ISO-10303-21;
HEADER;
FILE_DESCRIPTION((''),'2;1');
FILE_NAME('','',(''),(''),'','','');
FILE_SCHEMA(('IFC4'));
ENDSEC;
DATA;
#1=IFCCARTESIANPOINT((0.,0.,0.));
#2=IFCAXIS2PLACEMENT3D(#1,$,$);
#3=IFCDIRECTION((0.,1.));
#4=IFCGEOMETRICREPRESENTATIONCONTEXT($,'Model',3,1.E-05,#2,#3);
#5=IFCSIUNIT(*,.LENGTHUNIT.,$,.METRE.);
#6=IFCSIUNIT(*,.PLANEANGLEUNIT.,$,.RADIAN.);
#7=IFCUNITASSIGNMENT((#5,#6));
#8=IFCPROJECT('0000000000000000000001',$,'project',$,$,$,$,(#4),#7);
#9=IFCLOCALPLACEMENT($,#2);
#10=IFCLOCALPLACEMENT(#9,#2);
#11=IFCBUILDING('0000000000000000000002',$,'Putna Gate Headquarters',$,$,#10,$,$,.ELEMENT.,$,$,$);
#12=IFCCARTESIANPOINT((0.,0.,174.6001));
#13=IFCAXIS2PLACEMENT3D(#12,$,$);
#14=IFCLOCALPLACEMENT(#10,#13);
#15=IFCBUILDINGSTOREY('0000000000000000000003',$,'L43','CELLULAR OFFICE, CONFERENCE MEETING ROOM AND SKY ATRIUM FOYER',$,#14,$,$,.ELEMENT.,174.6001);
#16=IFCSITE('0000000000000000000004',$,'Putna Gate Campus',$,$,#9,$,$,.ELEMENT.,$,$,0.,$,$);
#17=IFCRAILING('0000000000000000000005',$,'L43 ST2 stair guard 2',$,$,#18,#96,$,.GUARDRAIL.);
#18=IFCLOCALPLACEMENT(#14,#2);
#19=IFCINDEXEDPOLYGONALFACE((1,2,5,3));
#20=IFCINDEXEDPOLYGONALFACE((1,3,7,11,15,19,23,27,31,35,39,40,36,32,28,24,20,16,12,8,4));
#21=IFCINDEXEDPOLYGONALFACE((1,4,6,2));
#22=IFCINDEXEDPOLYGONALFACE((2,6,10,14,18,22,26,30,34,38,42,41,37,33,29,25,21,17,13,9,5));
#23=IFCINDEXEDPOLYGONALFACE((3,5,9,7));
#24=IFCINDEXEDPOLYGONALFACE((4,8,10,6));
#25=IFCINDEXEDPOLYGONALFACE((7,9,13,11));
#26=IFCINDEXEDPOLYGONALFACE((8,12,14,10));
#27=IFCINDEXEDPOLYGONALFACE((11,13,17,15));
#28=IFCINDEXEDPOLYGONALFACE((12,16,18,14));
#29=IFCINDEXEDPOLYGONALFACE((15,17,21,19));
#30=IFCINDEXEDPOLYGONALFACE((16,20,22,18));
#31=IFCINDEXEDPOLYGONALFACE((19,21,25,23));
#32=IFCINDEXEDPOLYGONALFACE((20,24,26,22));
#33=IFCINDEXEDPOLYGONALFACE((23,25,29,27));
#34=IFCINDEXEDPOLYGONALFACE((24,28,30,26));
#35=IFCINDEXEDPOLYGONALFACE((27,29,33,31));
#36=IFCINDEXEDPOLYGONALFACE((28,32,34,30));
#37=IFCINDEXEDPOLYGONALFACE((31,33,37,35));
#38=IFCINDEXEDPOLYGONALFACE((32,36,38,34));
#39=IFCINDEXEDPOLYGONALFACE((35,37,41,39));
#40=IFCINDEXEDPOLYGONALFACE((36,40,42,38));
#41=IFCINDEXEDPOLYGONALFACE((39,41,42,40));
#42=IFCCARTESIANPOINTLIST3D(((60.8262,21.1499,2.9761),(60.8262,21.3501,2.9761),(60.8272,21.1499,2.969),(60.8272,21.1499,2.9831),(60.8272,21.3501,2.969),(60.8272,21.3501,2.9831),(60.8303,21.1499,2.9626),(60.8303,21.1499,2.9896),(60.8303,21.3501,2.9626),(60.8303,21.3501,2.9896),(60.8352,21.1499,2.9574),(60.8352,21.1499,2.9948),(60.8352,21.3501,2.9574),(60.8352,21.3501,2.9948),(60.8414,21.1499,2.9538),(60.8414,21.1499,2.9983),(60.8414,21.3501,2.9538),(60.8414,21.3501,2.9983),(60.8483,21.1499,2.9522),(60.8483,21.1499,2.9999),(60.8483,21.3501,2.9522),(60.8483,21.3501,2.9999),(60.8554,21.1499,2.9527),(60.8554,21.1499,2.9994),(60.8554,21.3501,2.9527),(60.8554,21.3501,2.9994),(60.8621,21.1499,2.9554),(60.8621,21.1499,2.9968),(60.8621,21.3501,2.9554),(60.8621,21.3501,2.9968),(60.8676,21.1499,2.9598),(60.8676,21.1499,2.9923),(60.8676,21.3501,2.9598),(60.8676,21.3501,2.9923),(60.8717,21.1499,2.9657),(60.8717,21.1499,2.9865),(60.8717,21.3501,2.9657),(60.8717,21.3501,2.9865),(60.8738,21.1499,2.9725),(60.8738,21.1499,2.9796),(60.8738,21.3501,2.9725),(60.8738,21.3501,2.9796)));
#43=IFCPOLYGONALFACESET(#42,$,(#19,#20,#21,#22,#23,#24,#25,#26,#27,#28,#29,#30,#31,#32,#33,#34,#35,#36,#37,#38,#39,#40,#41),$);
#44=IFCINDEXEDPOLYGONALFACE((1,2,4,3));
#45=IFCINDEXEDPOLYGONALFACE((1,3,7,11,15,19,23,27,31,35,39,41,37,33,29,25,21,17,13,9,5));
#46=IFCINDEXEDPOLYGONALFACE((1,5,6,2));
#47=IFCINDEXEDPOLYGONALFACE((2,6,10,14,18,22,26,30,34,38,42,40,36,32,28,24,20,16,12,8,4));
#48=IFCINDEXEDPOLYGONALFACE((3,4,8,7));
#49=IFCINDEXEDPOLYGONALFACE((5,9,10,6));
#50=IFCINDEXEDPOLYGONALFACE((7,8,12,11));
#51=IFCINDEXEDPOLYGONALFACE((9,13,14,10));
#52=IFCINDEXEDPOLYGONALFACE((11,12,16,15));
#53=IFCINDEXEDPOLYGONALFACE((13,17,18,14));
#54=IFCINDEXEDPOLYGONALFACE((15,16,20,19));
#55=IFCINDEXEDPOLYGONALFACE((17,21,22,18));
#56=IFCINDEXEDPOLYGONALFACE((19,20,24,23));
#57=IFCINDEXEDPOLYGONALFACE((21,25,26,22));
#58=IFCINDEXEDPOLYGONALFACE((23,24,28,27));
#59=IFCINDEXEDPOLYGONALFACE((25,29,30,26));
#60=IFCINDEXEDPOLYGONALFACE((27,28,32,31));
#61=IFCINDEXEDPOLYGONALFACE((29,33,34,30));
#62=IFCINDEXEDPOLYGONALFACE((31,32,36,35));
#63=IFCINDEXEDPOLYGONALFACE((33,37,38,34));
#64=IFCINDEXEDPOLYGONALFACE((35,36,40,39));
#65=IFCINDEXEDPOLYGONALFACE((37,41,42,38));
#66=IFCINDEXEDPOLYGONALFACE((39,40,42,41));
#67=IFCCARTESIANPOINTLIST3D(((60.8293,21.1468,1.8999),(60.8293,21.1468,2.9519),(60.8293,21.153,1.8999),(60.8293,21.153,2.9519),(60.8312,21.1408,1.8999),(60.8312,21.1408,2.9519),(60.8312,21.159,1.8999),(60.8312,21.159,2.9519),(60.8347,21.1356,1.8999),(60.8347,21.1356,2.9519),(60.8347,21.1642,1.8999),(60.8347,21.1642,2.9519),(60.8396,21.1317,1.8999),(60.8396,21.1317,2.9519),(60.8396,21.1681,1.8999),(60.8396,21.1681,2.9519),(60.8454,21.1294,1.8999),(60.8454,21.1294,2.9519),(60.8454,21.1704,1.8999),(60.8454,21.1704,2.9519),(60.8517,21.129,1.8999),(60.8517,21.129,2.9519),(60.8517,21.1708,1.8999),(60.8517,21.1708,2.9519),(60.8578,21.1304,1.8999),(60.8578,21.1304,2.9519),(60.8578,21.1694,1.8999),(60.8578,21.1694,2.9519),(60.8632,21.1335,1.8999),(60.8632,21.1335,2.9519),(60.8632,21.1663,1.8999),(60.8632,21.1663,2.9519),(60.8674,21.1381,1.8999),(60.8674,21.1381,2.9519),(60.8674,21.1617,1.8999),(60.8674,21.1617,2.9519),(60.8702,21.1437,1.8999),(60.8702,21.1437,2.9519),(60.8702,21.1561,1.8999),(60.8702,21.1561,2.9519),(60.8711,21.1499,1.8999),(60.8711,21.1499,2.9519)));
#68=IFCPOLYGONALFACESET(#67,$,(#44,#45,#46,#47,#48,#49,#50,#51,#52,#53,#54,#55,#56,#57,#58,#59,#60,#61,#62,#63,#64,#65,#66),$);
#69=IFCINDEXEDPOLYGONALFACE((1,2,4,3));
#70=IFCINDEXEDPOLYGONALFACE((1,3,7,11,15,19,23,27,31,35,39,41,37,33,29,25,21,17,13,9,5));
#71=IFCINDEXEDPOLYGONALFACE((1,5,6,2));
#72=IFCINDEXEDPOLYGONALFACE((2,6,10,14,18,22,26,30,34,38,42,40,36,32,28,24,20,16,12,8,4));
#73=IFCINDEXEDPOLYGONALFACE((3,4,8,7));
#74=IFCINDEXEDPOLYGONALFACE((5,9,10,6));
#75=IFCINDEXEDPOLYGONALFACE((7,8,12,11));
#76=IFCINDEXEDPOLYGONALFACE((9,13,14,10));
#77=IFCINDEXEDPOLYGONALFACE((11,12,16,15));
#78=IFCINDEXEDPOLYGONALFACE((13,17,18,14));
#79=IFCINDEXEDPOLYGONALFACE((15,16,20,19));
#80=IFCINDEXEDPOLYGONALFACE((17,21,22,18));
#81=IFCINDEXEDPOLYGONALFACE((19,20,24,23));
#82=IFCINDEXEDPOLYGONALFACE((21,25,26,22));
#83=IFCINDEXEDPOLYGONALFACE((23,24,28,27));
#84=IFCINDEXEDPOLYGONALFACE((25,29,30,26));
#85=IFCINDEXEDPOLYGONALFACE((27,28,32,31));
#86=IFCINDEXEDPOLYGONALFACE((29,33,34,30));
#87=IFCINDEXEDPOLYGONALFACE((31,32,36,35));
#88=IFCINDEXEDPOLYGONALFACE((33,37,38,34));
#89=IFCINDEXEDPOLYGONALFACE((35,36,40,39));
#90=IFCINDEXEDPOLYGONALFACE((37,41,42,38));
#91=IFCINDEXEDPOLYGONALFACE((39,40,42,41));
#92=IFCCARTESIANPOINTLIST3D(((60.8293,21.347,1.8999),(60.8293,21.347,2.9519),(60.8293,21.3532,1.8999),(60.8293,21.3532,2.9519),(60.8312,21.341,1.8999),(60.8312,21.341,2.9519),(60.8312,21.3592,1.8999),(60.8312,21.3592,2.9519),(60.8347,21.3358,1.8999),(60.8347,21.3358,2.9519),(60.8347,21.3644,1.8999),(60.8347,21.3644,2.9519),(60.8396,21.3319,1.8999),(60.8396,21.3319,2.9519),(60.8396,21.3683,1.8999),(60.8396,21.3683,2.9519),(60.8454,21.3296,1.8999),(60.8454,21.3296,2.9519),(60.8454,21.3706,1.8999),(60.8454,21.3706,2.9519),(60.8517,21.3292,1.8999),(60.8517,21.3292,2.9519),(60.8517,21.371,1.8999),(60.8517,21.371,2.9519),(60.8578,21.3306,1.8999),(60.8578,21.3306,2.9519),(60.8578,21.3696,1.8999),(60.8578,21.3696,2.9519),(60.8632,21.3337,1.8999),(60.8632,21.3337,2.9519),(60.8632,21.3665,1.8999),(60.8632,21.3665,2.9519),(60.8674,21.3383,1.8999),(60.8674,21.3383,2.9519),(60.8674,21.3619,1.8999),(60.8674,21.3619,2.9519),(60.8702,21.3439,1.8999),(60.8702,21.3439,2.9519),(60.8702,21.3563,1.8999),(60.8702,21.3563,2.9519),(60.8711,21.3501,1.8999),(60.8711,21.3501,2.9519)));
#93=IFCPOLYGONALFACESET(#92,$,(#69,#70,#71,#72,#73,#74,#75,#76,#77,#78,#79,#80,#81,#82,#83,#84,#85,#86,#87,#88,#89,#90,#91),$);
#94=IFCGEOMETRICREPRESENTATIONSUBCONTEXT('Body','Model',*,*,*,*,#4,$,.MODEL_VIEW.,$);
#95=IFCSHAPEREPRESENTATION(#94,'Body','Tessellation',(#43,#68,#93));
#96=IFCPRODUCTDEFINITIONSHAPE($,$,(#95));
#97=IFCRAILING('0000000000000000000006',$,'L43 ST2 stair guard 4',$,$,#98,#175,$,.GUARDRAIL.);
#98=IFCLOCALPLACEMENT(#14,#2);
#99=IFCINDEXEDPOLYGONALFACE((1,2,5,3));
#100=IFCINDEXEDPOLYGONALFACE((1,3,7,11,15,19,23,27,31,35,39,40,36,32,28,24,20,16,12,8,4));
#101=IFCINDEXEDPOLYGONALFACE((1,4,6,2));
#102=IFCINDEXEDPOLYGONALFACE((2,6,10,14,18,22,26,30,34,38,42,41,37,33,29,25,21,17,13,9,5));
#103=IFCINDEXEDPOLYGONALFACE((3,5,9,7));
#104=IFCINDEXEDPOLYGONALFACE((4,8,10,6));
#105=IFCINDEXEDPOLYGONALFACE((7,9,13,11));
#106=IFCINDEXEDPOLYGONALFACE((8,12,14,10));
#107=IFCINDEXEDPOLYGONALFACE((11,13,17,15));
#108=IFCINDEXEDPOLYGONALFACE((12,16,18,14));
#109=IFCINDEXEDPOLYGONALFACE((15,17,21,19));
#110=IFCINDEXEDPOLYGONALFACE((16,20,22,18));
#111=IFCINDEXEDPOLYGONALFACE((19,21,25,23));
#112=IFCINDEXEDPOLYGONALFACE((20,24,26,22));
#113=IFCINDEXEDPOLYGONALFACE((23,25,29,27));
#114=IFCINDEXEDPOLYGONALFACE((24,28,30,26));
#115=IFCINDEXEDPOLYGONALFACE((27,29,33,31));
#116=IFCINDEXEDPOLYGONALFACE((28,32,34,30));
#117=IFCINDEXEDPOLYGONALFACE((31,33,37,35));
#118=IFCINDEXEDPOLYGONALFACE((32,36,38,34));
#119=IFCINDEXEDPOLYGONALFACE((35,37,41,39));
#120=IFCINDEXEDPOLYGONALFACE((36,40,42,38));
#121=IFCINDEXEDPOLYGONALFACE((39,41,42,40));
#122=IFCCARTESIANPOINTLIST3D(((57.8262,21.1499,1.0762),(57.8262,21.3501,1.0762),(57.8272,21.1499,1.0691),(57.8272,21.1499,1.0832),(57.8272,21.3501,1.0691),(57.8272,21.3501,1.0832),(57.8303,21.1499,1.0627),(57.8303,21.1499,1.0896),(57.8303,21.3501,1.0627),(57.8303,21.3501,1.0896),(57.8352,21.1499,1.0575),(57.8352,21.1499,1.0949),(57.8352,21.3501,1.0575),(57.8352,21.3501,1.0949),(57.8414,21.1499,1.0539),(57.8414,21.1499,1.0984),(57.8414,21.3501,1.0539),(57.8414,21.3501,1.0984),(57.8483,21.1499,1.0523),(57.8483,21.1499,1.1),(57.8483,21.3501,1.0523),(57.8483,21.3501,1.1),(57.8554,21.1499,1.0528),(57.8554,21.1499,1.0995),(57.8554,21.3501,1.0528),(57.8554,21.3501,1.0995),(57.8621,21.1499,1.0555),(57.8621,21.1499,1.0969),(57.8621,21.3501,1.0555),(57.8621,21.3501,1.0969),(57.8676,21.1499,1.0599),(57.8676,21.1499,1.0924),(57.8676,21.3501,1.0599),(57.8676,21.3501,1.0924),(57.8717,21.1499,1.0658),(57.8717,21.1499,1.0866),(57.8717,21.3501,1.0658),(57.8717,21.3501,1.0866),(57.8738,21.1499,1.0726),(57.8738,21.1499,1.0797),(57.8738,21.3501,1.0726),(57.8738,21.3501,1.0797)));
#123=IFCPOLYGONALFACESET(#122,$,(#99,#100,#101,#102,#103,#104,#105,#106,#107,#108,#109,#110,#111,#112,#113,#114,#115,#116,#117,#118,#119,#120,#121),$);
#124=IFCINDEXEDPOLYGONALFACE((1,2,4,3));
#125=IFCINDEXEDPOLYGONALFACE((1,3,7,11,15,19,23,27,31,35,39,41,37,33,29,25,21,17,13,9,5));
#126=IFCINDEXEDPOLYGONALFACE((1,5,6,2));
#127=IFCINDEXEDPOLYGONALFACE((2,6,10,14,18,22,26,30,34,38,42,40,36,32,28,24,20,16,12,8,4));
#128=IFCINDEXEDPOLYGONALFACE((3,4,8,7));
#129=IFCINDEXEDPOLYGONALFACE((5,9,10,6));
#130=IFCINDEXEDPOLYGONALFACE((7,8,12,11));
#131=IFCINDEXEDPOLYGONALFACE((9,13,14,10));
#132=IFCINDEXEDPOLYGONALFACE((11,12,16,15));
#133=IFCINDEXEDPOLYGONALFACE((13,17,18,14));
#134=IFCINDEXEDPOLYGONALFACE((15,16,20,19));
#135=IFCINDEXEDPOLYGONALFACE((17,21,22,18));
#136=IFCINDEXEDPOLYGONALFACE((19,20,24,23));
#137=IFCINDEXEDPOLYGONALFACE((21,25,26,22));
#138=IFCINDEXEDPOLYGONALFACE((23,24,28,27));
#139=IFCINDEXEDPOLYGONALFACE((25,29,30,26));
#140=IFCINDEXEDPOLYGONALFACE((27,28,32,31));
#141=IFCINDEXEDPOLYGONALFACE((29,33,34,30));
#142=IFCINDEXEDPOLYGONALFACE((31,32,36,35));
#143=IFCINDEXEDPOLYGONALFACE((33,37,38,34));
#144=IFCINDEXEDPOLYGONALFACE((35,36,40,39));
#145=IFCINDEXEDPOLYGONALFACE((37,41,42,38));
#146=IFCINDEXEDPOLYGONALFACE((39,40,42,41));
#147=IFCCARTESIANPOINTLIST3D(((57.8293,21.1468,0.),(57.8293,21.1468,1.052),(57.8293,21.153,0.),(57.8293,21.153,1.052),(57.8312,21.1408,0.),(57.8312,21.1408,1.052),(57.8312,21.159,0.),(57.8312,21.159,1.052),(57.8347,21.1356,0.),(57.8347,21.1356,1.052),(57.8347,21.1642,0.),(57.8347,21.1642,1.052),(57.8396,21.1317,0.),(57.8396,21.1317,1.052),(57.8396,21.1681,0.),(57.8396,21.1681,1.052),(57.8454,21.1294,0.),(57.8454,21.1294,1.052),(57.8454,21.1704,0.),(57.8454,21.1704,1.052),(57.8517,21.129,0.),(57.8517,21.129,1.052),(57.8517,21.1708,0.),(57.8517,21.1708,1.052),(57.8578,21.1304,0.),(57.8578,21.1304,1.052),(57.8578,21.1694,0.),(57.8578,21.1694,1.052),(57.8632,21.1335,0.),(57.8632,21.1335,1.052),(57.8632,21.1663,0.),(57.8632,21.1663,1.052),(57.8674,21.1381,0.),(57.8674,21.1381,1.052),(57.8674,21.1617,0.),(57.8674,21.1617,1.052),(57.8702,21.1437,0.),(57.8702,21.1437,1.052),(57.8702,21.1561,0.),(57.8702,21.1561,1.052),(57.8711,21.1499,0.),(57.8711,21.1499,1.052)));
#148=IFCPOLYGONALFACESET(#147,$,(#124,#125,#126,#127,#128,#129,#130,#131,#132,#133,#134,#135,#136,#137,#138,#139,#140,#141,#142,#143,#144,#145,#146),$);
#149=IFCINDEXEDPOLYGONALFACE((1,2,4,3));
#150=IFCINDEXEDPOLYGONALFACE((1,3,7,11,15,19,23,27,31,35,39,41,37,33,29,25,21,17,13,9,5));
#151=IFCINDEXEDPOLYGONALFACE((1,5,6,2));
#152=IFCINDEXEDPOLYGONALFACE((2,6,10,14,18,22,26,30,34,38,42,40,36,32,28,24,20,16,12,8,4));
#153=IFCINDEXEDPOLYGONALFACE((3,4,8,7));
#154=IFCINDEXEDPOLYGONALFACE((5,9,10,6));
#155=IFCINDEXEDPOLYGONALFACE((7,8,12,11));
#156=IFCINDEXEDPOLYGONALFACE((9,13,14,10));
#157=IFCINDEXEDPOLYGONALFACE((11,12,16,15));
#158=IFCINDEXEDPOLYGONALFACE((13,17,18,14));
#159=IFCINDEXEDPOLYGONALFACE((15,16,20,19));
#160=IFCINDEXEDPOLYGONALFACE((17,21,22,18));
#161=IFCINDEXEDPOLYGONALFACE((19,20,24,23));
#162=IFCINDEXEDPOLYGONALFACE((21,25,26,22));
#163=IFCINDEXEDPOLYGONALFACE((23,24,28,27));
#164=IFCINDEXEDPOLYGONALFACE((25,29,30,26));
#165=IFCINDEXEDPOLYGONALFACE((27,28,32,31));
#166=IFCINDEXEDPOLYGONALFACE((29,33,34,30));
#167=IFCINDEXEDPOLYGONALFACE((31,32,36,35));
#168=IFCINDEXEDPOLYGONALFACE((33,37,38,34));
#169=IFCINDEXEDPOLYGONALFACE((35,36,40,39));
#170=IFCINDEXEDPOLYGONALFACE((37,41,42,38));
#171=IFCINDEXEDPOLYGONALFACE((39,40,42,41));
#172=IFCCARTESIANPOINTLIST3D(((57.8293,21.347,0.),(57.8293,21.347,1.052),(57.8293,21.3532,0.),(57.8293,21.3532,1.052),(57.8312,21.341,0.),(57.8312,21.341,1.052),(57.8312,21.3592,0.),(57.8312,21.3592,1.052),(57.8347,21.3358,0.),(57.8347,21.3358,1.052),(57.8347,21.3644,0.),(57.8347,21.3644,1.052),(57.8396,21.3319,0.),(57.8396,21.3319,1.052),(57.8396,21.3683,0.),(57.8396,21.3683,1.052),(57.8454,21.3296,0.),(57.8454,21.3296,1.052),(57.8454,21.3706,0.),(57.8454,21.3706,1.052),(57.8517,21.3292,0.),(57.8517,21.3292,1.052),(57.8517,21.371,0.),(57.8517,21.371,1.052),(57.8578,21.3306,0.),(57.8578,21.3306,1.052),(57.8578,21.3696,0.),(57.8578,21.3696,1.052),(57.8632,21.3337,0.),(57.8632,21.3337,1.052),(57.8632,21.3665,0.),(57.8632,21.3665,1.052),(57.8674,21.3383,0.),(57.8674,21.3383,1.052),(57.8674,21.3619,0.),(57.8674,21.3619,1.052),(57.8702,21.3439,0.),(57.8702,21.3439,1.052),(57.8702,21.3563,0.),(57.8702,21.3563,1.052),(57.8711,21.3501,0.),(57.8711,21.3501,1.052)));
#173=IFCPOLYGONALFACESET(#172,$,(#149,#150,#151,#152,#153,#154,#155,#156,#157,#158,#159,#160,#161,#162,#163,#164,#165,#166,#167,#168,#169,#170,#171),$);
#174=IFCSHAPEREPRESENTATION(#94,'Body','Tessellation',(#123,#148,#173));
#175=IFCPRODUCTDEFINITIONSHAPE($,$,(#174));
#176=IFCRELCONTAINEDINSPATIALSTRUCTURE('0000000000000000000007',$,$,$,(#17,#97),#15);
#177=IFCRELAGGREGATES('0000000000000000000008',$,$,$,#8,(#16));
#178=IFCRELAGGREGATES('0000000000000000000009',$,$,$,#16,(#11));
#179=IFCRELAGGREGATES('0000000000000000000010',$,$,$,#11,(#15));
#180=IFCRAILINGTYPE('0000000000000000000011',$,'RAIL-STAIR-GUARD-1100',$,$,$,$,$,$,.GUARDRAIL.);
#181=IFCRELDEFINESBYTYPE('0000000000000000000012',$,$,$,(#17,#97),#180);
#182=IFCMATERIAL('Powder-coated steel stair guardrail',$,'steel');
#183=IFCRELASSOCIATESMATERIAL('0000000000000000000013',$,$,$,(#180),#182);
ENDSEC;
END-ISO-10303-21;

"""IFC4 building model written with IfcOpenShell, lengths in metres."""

from ifc_helpers import new_model, si_unit, direction, frame, origin, origin_2d, place, context, subcontext, project, spatial, circle, extrude, material, type_object, element, save


model = new_model("IFC4")

# Units and contexts
model_context = context("Model", 3, precision=1e-05, world=origin(), true_north=direction((0.0, 1.0)))
body_context = subcontext(model_context, "Body", "Model", "MODEL_VIEW")
ifc_project = project(units=[si_unit("LENGTHUNIT", "METRE"), si_unit("PLANEANGLEUNIT", "RADIAN")], contexts=[model_context])

# Site, building, storey
site_placement = place(None, origin())
site = spatial("IfcSite", under=ifc_project, at=site_placement, Name="Putna Gate Campus", CompositionType="ELEMENT", RefElevation=0.0)
building_placement = place(site_placement, origin())
building = spatial("IfcBuilding", under=site, at=building_placement, Name="Putna Gate Headquarters", CompositionType="ELEMENT")
storey_placement = place(building_placement, frame((0.0, 0.0, 174.6001)))
storey = spatial("IfcBuildingStorey", under=building, at=storey_placement, Name="L43", Description="CELLULAR OFFICE, CONFERENCE MEETING ROOM AND SKY ATRIUM FOYER", CompositionType="ELEMENT", Elevation=174.6001)

# Railings
ifc_material_1 = material(Name="Powder-coated steel stair guardrail", Category="steel")
railing_type_1 = type_object("IfcRailingType", Name="RAIL-STAIR-GUARD-1100", PredefinedType="GUARDRAIL", material=ifc_material_1)
for number, where, name in (
    (1, (60.8501, 21.1499, 1.8999), "L43 ST2 stair guard 2"),
    (2, (57.8501, 21.1499, 0.0), "L43 ST2 stair guard 4"),
):
    element("IfcRailing", number, at=place(storey_placement, frame(where)), inside=storey, type_object=railing_type_1, Name=name, PredefinedType="GUARDRAIL", context=body_context, shape_type="SweptSolid", body=[
        extrude(circle(Radius=0.0239, at=origin_2d()), frame((0.0, 0.0, 1.0762), z_axis=(0.0, 1.0, 0.0), x_axis=(-1.0, 0.0, 0.0)), (0.0, 0.0, 1.0), 0.2002),
        extrude(circle(Radius=0.021, at=origin_2d()), origin(), (0.0, 0.0, 1.0), 1.052),
        extrude(circle(Radius=0.021, at=origin_2d()), frame((0.0, 0.2002, 0.0)), (0.0, 0.0, 1.0), 1.052),
    ])

save(model, "model.ifc")
